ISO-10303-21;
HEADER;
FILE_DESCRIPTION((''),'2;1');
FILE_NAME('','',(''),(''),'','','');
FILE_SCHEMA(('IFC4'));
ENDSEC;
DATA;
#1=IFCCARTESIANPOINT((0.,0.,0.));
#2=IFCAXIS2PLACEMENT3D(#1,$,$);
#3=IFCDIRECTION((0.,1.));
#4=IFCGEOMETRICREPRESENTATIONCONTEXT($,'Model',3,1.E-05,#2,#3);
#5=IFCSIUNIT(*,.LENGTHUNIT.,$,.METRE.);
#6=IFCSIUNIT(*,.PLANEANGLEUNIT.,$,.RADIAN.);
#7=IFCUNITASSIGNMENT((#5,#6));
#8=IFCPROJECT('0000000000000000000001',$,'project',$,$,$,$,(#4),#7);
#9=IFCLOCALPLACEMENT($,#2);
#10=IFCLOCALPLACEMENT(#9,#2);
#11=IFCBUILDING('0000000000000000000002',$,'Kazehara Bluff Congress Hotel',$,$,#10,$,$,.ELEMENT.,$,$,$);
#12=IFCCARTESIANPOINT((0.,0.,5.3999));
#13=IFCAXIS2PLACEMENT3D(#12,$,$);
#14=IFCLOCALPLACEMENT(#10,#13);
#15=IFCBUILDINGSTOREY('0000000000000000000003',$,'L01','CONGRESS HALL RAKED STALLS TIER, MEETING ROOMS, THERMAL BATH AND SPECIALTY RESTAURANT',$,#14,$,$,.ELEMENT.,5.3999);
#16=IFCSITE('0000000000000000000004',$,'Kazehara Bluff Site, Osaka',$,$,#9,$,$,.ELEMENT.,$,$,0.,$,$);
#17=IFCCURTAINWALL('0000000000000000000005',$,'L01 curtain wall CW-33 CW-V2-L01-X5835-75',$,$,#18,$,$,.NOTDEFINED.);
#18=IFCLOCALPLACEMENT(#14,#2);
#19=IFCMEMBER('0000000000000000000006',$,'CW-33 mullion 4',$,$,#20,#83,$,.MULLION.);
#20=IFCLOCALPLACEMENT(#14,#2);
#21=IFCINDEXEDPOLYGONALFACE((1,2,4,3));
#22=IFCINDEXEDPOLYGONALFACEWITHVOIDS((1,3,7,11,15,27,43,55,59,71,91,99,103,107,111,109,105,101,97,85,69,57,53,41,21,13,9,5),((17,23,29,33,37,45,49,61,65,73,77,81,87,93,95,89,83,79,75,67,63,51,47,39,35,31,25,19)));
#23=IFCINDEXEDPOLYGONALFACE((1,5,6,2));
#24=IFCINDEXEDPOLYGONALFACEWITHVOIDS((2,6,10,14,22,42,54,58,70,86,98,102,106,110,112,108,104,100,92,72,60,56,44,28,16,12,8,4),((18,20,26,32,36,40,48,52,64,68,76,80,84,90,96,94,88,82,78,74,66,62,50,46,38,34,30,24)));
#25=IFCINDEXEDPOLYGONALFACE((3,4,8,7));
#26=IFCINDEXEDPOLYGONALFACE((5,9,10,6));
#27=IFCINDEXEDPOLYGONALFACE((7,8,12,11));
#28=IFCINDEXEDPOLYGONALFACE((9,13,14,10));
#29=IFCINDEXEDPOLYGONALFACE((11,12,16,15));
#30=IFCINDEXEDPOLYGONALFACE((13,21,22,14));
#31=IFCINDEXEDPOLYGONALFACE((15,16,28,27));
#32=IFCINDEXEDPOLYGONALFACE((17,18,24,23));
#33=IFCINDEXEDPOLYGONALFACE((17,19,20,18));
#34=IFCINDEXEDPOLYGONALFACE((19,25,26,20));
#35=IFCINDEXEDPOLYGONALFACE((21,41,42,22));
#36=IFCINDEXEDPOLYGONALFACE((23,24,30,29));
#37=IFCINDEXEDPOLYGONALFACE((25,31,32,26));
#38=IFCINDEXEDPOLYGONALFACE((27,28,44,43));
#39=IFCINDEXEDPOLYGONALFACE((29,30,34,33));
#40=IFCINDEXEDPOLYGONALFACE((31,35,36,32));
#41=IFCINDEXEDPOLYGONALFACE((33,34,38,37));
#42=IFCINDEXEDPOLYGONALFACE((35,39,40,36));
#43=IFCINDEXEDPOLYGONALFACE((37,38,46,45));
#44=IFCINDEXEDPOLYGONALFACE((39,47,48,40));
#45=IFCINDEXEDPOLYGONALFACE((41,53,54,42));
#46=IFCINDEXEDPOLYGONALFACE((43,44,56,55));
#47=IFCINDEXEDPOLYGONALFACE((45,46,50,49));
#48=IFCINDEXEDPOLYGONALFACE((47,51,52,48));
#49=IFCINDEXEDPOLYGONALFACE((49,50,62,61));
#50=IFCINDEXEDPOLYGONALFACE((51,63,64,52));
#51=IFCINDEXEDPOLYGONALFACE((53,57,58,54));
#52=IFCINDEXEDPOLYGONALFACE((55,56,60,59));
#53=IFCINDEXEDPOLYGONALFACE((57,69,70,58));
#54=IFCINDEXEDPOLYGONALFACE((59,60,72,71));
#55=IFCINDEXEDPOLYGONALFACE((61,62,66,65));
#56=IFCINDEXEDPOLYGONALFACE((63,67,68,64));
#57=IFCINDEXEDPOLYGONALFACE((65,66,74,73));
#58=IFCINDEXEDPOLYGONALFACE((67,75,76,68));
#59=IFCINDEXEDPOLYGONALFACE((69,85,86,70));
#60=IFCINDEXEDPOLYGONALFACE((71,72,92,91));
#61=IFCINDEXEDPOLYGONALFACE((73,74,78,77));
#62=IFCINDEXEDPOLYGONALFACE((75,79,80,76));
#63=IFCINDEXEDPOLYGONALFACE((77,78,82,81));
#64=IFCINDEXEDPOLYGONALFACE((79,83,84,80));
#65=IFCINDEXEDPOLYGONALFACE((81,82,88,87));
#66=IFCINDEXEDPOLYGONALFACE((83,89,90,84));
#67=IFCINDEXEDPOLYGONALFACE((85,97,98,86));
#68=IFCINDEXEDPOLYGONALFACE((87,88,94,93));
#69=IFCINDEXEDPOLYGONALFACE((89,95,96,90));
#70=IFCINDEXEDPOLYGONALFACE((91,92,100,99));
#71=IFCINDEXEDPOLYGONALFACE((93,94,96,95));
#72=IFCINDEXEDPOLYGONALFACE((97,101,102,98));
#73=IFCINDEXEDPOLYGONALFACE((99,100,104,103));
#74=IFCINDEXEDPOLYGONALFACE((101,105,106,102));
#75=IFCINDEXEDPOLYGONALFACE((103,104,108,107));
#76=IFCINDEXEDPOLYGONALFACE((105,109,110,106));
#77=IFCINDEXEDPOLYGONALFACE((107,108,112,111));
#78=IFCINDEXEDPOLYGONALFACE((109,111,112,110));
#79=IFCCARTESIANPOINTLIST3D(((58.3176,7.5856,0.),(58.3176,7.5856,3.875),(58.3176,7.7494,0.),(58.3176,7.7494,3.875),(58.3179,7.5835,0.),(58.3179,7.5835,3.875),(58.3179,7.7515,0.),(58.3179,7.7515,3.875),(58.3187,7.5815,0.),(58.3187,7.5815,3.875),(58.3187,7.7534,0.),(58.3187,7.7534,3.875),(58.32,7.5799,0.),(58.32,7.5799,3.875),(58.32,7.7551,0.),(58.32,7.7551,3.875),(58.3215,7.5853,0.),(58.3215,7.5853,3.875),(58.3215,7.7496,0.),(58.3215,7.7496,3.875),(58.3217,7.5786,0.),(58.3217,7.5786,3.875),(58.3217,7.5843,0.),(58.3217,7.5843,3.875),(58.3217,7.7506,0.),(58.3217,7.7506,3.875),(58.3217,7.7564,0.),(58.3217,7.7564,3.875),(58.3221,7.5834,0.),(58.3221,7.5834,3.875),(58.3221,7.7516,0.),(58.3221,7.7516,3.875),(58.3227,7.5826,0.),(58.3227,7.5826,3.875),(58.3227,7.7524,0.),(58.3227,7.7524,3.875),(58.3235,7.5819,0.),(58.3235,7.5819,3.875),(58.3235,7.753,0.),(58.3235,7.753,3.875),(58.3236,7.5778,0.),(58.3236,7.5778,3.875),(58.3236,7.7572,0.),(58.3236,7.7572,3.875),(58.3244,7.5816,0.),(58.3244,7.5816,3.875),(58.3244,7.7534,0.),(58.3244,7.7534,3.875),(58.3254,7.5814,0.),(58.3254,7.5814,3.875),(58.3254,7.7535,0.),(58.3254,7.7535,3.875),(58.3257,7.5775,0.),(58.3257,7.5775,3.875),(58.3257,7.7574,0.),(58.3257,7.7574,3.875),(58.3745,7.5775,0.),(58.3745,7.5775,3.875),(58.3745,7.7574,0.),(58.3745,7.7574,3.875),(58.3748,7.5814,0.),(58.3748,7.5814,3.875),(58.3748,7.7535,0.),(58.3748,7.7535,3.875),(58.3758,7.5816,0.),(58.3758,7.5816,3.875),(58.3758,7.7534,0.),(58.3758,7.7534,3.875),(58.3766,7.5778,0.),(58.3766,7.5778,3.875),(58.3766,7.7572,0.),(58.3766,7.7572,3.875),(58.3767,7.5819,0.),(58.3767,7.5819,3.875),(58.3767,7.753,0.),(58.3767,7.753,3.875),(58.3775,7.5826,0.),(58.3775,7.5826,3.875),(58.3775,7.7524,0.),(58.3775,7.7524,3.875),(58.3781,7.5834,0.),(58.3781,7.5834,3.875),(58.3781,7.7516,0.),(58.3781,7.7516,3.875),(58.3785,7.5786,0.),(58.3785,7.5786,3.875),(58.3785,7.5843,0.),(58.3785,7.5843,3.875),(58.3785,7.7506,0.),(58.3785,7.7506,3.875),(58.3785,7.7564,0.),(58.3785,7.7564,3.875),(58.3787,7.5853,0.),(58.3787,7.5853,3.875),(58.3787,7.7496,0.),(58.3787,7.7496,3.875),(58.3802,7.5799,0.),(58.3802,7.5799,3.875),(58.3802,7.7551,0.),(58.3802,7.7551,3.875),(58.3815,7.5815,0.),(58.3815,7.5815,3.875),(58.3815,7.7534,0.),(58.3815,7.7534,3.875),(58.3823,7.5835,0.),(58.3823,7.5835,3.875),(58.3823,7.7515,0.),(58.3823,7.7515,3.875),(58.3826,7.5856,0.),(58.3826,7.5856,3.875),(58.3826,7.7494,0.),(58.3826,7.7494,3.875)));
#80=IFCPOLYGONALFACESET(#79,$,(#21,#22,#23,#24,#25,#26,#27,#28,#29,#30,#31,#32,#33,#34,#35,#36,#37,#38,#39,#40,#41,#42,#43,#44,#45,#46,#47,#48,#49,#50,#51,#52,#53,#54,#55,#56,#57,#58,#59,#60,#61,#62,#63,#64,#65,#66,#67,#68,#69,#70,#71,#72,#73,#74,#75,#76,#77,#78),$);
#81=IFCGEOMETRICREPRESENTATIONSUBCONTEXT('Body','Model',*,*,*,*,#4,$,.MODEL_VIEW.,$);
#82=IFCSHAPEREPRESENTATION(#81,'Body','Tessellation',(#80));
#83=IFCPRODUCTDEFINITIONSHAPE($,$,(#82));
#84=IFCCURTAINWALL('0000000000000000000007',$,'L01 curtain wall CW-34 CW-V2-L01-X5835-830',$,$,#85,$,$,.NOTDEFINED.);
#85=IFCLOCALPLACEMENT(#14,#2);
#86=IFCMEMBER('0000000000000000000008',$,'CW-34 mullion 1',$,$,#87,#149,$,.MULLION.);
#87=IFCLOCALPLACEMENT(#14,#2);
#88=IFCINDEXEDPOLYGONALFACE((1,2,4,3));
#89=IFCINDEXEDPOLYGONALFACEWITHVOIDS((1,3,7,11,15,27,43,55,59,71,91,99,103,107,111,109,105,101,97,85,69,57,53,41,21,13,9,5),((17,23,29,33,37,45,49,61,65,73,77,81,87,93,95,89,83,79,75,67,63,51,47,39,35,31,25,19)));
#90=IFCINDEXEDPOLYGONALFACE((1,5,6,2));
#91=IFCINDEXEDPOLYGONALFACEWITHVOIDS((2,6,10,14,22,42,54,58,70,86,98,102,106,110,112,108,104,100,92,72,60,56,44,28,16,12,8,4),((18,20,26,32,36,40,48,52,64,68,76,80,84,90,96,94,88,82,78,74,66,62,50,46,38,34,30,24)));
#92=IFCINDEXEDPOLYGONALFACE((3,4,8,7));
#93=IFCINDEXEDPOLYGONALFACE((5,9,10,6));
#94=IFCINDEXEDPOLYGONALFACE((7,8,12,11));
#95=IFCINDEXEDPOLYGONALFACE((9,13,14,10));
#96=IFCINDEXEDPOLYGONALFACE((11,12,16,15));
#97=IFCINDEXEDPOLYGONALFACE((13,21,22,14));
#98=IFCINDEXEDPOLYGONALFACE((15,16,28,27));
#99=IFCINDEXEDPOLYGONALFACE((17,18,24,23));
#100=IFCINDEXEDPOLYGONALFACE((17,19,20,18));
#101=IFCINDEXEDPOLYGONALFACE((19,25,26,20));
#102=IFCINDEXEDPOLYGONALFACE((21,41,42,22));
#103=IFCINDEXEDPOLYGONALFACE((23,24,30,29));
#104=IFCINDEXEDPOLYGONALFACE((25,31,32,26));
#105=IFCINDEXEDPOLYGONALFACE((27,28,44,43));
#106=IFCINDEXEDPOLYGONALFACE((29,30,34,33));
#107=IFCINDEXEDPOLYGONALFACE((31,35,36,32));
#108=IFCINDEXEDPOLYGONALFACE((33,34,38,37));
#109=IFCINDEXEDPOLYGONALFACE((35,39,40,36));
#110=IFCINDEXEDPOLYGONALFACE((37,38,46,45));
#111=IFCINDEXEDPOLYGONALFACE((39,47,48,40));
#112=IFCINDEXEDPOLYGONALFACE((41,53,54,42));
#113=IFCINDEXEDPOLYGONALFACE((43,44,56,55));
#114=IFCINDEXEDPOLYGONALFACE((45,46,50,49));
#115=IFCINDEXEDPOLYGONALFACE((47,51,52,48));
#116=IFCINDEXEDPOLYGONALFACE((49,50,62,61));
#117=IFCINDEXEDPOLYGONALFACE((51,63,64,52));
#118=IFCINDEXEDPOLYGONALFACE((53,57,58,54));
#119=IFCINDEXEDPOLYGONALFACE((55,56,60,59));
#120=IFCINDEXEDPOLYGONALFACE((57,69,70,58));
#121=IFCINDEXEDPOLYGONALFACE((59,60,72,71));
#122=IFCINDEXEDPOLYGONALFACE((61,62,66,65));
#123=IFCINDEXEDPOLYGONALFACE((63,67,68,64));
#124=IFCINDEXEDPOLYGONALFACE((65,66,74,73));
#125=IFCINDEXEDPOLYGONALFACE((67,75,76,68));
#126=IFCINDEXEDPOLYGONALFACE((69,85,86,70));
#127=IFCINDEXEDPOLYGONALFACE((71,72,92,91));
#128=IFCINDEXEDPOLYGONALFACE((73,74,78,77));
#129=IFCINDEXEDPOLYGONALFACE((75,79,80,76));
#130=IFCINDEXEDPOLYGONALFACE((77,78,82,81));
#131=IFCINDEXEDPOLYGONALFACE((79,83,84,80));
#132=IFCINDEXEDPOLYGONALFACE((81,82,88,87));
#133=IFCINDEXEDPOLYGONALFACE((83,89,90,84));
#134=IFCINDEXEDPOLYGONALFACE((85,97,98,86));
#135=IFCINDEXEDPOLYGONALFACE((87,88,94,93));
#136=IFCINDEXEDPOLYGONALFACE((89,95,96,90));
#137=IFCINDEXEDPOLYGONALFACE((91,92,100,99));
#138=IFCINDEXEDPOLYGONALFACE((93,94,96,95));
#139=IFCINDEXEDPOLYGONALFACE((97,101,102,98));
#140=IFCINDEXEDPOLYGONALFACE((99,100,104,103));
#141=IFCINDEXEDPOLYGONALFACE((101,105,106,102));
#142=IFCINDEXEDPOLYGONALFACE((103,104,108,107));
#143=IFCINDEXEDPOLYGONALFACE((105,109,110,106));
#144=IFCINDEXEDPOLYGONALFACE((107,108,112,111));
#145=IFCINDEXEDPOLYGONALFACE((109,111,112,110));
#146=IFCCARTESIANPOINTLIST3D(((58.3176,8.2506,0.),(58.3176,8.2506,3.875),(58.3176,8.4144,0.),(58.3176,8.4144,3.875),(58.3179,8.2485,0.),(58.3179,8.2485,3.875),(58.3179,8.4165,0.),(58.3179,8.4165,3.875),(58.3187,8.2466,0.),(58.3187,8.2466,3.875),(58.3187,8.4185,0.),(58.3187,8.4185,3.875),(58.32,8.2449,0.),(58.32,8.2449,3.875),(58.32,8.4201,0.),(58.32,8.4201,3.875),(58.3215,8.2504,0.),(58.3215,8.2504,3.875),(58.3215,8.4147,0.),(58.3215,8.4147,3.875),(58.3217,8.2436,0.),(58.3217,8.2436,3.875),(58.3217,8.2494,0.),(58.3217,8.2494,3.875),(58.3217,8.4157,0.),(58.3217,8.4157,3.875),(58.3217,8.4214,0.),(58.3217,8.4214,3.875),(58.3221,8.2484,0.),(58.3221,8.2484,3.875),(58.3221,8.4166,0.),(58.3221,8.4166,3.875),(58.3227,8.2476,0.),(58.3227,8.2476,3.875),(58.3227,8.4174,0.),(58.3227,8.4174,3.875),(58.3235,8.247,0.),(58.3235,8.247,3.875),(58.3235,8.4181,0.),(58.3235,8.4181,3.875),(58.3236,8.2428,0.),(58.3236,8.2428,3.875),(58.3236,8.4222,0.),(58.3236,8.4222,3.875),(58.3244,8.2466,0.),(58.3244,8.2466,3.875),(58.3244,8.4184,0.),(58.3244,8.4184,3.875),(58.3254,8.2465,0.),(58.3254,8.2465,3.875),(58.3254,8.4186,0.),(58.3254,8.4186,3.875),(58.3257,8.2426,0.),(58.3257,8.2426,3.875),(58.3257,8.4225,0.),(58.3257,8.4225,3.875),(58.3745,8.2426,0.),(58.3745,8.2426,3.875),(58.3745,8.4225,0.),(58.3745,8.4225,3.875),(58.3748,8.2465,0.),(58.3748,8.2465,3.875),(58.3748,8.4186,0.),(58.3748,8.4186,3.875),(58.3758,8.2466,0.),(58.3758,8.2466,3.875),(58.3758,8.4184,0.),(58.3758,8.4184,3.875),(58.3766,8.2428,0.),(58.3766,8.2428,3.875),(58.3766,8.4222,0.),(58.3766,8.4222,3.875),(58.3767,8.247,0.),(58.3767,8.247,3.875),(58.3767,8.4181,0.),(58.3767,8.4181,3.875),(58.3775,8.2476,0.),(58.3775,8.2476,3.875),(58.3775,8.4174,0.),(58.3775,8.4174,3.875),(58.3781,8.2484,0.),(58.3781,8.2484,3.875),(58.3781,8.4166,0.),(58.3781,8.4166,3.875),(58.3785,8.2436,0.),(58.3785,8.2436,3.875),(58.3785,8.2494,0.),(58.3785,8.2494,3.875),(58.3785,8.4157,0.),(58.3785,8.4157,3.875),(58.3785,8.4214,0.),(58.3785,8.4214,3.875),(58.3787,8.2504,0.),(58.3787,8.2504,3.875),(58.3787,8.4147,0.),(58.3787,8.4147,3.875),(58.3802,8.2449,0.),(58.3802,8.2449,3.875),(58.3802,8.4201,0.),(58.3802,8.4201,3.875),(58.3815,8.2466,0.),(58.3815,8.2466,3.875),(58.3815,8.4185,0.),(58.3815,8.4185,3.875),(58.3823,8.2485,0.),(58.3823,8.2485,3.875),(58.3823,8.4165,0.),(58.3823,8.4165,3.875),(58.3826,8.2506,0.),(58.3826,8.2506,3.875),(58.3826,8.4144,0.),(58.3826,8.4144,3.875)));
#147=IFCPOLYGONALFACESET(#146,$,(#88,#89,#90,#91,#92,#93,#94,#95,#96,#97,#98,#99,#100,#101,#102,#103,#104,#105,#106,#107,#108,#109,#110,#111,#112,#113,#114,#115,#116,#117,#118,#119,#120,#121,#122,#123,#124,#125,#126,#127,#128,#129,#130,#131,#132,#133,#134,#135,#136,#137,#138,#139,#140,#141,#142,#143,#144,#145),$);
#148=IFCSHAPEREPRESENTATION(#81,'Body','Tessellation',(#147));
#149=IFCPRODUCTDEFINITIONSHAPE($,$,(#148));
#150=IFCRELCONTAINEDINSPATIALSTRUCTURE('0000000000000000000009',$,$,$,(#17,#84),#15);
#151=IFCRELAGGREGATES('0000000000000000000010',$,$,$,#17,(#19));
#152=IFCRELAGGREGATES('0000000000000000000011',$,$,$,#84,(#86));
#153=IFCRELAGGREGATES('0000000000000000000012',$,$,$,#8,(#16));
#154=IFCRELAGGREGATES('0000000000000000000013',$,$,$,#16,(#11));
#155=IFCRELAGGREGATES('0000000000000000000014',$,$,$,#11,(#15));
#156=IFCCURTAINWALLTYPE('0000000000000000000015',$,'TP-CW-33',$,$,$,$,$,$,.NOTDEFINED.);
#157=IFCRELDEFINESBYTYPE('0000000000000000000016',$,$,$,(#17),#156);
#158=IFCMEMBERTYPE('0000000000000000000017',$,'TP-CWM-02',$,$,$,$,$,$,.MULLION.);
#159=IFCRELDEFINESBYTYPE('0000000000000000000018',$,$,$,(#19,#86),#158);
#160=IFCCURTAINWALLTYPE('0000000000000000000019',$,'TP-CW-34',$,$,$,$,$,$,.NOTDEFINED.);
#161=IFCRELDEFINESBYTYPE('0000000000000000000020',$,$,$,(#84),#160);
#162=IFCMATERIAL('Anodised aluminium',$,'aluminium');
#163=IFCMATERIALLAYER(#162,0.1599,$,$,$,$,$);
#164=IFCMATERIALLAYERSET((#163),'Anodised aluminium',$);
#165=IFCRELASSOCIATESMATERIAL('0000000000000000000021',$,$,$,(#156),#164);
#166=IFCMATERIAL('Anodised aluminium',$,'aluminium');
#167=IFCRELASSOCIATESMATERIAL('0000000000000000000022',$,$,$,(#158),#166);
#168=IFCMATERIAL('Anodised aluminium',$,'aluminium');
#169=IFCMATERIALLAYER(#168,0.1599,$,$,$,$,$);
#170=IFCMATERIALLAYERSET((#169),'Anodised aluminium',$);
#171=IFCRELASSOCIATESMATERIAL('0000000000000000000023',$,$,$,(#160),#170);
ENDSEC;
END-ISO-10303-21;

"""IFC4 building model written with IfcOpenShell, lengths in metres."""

from ifc_helpers import new_model, si_unit, direction, frame, origin, origin_2d, place, context, subcontext, project, spatial, hollow_rectangle, extrude, material, layer, layer_set, material_profile, profile_set, type_object, element, aggregate, save


model = new_model("IFC4")

# Units and contexts
model_context = context("Model", 3, precision=1e-05, world=origin(), true_north=direction((0.0, 1.0)))
body_context = subcontext(model_context, "Body", "Model", "MODEL_VIEW")
ifc_project = project(units=[si_unit("LENGTHUNIT", "METRE"), si_unit("PLANEANGLEUNIT", "RADIAN")], contexts=[model_context])

# Site, building, storey
site_placement = place(None, origin())
site = spatial("IfcSite", under=ifc_project, at=site_placement, Name="Kazehara Bluff Site, Osaka", CompositionType="ELEMENT", RefElevation=0.0)
building_placement = place(site_placement, origin())
building = spatial("IfcBuilding", under=site, at=building_placement, Name="Kazehara Bluff Congress Hotel", CompositionType="ELEMENT")
storey_placement = place(building_placement, frame((0.0, 0.0, 5.3999)))
storey = spatial("IfcBuildingStorey", under=building, at=storey_placement, Name="L01", Description="CONGRESS HALL RAKED STALLS TIER, MEETING ROOMS, THERMAL BATH AND SPECIALTY RESTAURANT", CompositionType="ELEMENT", Elevation=5.3999)

# Curtain walls, members
ifc_material_1 = material(Name="Anodised aluminium", Category="aluminium")
ifc_layer_1 = layer(ifc_material_1, 0.1599)
ifc_layer_set_1 = layer_set([ifc_layer_1], Name="Anodised aluminium")
curtain_wall_type_1 = type_object("IfcCurtainWallType", Name="TP-CW-33", PredefinedType="NOTDEFINED", material=ifc_layer_set_1)
curtain_wall_1_placement = place(storey_placement, origin())
curtain_wall_1 = element("IfcCurtainWall", 1, at=curtain_wall_1_placement, inside=storey, type_object=curtain_wall_type_1, Name="L01 curtain wall CW-33 CW-V2-L01-X5835-75", PredefinedType="NOTDEFINED")
ifc_material_2 = material(Name="Anodised aluminium", Category="aluminium")
ifc_material_profile_1 = material_profile(ifc_material_2, hollow_rectangle(XDim=0.0649, YDim=0.1799, WallThickness=0.0039, InnerFilletRadius=0.0039, OuterFilletRadius=0.0081, at=origin_2d()))
ifc_profile_set_1 = profile_set([ifc_material_profile_1], Name="Anodised aluminium")
member_type_1 = type_object("IfcMemberType", Name="TP-CWM-02", PredefinedType="MULLION", material=ifc_profile_set_1)
member_1_placement = place(storey_placement, frame((58.3501, 7.6675, 0.0), z_axis=(0.0, 0.0, 1.0), x_axis=(-1.0, 0.0, 0.0)))
member_1 = element("IfcMember", 2, at=member_1_placement, type_object=member_type_1, Name="CW-33 mullion 4", PredefinedType="MULLION", context=body_context, shape_type="SweptSolid", body=[
    extrude(hollow_rectangle(XDim=0.0649, YDim=0.1799, WallThickness=0.0039, InnerFilletRadius=0.0039, OuterFilletRadius=0.0081, at=origin_2d()), origin(), (0.0, 0.0, 1.0), 3.875),
])
ifc_material_3 = material(Name="Anodised aluminium", Category="aluminium")
ifc_layer_2 = layer(ifc_material_3, 0.1599)
ifc_layer_set_2 = layer_set([ifc_layer_2], Name="Anodised aluminium")
curtain_wall_type_2 = type_object("IfcCurtainWallType", Name="TP-CW-34", PredefinedType="NOTDEFINED", material=ifc_layer_set_2)
curtain_wall_2_placement = place(storey_placement, origin())
curtain_wall_2 = element("IfcCurtainWall", 3, at=curtain_wall_2_placement, inside=storey, type_object=curtain_wall_type_2, Name="L01 curtain wall CW-34 CW-V2-L01-X5835-830", PredefinedType="NOTDEFINED")
member_2_placement = place(storey_placement, frame((58.3501, 8.3325, 0.0), z_axis=(0.0, 0.0, 1.0), x_axis=(-1.0, 0.0, 0.0)))
member_2 = element("IfcMember", 4, at=member_2_placement, type_object=member_type_1, Name="CW-34 mullion 1", PredefinedType="MULLION", context=body_context, shape_type="SweptSolid", body=[
    extrude(hollow_rectangle(XDim=0.0649, YDim=0.1799, WallThickness=0.0039, InnerFilletRadius=0.0039, OuterFilletRadius=0.0081, at=origin_2d()), origin(), (0.0, 0.0, 1.0), 3.875),
])

aggregate(curtain_wall_1, [member_1])
aggregate(curtain_wall_2, [member_2])

save(model, "model.ifc")
